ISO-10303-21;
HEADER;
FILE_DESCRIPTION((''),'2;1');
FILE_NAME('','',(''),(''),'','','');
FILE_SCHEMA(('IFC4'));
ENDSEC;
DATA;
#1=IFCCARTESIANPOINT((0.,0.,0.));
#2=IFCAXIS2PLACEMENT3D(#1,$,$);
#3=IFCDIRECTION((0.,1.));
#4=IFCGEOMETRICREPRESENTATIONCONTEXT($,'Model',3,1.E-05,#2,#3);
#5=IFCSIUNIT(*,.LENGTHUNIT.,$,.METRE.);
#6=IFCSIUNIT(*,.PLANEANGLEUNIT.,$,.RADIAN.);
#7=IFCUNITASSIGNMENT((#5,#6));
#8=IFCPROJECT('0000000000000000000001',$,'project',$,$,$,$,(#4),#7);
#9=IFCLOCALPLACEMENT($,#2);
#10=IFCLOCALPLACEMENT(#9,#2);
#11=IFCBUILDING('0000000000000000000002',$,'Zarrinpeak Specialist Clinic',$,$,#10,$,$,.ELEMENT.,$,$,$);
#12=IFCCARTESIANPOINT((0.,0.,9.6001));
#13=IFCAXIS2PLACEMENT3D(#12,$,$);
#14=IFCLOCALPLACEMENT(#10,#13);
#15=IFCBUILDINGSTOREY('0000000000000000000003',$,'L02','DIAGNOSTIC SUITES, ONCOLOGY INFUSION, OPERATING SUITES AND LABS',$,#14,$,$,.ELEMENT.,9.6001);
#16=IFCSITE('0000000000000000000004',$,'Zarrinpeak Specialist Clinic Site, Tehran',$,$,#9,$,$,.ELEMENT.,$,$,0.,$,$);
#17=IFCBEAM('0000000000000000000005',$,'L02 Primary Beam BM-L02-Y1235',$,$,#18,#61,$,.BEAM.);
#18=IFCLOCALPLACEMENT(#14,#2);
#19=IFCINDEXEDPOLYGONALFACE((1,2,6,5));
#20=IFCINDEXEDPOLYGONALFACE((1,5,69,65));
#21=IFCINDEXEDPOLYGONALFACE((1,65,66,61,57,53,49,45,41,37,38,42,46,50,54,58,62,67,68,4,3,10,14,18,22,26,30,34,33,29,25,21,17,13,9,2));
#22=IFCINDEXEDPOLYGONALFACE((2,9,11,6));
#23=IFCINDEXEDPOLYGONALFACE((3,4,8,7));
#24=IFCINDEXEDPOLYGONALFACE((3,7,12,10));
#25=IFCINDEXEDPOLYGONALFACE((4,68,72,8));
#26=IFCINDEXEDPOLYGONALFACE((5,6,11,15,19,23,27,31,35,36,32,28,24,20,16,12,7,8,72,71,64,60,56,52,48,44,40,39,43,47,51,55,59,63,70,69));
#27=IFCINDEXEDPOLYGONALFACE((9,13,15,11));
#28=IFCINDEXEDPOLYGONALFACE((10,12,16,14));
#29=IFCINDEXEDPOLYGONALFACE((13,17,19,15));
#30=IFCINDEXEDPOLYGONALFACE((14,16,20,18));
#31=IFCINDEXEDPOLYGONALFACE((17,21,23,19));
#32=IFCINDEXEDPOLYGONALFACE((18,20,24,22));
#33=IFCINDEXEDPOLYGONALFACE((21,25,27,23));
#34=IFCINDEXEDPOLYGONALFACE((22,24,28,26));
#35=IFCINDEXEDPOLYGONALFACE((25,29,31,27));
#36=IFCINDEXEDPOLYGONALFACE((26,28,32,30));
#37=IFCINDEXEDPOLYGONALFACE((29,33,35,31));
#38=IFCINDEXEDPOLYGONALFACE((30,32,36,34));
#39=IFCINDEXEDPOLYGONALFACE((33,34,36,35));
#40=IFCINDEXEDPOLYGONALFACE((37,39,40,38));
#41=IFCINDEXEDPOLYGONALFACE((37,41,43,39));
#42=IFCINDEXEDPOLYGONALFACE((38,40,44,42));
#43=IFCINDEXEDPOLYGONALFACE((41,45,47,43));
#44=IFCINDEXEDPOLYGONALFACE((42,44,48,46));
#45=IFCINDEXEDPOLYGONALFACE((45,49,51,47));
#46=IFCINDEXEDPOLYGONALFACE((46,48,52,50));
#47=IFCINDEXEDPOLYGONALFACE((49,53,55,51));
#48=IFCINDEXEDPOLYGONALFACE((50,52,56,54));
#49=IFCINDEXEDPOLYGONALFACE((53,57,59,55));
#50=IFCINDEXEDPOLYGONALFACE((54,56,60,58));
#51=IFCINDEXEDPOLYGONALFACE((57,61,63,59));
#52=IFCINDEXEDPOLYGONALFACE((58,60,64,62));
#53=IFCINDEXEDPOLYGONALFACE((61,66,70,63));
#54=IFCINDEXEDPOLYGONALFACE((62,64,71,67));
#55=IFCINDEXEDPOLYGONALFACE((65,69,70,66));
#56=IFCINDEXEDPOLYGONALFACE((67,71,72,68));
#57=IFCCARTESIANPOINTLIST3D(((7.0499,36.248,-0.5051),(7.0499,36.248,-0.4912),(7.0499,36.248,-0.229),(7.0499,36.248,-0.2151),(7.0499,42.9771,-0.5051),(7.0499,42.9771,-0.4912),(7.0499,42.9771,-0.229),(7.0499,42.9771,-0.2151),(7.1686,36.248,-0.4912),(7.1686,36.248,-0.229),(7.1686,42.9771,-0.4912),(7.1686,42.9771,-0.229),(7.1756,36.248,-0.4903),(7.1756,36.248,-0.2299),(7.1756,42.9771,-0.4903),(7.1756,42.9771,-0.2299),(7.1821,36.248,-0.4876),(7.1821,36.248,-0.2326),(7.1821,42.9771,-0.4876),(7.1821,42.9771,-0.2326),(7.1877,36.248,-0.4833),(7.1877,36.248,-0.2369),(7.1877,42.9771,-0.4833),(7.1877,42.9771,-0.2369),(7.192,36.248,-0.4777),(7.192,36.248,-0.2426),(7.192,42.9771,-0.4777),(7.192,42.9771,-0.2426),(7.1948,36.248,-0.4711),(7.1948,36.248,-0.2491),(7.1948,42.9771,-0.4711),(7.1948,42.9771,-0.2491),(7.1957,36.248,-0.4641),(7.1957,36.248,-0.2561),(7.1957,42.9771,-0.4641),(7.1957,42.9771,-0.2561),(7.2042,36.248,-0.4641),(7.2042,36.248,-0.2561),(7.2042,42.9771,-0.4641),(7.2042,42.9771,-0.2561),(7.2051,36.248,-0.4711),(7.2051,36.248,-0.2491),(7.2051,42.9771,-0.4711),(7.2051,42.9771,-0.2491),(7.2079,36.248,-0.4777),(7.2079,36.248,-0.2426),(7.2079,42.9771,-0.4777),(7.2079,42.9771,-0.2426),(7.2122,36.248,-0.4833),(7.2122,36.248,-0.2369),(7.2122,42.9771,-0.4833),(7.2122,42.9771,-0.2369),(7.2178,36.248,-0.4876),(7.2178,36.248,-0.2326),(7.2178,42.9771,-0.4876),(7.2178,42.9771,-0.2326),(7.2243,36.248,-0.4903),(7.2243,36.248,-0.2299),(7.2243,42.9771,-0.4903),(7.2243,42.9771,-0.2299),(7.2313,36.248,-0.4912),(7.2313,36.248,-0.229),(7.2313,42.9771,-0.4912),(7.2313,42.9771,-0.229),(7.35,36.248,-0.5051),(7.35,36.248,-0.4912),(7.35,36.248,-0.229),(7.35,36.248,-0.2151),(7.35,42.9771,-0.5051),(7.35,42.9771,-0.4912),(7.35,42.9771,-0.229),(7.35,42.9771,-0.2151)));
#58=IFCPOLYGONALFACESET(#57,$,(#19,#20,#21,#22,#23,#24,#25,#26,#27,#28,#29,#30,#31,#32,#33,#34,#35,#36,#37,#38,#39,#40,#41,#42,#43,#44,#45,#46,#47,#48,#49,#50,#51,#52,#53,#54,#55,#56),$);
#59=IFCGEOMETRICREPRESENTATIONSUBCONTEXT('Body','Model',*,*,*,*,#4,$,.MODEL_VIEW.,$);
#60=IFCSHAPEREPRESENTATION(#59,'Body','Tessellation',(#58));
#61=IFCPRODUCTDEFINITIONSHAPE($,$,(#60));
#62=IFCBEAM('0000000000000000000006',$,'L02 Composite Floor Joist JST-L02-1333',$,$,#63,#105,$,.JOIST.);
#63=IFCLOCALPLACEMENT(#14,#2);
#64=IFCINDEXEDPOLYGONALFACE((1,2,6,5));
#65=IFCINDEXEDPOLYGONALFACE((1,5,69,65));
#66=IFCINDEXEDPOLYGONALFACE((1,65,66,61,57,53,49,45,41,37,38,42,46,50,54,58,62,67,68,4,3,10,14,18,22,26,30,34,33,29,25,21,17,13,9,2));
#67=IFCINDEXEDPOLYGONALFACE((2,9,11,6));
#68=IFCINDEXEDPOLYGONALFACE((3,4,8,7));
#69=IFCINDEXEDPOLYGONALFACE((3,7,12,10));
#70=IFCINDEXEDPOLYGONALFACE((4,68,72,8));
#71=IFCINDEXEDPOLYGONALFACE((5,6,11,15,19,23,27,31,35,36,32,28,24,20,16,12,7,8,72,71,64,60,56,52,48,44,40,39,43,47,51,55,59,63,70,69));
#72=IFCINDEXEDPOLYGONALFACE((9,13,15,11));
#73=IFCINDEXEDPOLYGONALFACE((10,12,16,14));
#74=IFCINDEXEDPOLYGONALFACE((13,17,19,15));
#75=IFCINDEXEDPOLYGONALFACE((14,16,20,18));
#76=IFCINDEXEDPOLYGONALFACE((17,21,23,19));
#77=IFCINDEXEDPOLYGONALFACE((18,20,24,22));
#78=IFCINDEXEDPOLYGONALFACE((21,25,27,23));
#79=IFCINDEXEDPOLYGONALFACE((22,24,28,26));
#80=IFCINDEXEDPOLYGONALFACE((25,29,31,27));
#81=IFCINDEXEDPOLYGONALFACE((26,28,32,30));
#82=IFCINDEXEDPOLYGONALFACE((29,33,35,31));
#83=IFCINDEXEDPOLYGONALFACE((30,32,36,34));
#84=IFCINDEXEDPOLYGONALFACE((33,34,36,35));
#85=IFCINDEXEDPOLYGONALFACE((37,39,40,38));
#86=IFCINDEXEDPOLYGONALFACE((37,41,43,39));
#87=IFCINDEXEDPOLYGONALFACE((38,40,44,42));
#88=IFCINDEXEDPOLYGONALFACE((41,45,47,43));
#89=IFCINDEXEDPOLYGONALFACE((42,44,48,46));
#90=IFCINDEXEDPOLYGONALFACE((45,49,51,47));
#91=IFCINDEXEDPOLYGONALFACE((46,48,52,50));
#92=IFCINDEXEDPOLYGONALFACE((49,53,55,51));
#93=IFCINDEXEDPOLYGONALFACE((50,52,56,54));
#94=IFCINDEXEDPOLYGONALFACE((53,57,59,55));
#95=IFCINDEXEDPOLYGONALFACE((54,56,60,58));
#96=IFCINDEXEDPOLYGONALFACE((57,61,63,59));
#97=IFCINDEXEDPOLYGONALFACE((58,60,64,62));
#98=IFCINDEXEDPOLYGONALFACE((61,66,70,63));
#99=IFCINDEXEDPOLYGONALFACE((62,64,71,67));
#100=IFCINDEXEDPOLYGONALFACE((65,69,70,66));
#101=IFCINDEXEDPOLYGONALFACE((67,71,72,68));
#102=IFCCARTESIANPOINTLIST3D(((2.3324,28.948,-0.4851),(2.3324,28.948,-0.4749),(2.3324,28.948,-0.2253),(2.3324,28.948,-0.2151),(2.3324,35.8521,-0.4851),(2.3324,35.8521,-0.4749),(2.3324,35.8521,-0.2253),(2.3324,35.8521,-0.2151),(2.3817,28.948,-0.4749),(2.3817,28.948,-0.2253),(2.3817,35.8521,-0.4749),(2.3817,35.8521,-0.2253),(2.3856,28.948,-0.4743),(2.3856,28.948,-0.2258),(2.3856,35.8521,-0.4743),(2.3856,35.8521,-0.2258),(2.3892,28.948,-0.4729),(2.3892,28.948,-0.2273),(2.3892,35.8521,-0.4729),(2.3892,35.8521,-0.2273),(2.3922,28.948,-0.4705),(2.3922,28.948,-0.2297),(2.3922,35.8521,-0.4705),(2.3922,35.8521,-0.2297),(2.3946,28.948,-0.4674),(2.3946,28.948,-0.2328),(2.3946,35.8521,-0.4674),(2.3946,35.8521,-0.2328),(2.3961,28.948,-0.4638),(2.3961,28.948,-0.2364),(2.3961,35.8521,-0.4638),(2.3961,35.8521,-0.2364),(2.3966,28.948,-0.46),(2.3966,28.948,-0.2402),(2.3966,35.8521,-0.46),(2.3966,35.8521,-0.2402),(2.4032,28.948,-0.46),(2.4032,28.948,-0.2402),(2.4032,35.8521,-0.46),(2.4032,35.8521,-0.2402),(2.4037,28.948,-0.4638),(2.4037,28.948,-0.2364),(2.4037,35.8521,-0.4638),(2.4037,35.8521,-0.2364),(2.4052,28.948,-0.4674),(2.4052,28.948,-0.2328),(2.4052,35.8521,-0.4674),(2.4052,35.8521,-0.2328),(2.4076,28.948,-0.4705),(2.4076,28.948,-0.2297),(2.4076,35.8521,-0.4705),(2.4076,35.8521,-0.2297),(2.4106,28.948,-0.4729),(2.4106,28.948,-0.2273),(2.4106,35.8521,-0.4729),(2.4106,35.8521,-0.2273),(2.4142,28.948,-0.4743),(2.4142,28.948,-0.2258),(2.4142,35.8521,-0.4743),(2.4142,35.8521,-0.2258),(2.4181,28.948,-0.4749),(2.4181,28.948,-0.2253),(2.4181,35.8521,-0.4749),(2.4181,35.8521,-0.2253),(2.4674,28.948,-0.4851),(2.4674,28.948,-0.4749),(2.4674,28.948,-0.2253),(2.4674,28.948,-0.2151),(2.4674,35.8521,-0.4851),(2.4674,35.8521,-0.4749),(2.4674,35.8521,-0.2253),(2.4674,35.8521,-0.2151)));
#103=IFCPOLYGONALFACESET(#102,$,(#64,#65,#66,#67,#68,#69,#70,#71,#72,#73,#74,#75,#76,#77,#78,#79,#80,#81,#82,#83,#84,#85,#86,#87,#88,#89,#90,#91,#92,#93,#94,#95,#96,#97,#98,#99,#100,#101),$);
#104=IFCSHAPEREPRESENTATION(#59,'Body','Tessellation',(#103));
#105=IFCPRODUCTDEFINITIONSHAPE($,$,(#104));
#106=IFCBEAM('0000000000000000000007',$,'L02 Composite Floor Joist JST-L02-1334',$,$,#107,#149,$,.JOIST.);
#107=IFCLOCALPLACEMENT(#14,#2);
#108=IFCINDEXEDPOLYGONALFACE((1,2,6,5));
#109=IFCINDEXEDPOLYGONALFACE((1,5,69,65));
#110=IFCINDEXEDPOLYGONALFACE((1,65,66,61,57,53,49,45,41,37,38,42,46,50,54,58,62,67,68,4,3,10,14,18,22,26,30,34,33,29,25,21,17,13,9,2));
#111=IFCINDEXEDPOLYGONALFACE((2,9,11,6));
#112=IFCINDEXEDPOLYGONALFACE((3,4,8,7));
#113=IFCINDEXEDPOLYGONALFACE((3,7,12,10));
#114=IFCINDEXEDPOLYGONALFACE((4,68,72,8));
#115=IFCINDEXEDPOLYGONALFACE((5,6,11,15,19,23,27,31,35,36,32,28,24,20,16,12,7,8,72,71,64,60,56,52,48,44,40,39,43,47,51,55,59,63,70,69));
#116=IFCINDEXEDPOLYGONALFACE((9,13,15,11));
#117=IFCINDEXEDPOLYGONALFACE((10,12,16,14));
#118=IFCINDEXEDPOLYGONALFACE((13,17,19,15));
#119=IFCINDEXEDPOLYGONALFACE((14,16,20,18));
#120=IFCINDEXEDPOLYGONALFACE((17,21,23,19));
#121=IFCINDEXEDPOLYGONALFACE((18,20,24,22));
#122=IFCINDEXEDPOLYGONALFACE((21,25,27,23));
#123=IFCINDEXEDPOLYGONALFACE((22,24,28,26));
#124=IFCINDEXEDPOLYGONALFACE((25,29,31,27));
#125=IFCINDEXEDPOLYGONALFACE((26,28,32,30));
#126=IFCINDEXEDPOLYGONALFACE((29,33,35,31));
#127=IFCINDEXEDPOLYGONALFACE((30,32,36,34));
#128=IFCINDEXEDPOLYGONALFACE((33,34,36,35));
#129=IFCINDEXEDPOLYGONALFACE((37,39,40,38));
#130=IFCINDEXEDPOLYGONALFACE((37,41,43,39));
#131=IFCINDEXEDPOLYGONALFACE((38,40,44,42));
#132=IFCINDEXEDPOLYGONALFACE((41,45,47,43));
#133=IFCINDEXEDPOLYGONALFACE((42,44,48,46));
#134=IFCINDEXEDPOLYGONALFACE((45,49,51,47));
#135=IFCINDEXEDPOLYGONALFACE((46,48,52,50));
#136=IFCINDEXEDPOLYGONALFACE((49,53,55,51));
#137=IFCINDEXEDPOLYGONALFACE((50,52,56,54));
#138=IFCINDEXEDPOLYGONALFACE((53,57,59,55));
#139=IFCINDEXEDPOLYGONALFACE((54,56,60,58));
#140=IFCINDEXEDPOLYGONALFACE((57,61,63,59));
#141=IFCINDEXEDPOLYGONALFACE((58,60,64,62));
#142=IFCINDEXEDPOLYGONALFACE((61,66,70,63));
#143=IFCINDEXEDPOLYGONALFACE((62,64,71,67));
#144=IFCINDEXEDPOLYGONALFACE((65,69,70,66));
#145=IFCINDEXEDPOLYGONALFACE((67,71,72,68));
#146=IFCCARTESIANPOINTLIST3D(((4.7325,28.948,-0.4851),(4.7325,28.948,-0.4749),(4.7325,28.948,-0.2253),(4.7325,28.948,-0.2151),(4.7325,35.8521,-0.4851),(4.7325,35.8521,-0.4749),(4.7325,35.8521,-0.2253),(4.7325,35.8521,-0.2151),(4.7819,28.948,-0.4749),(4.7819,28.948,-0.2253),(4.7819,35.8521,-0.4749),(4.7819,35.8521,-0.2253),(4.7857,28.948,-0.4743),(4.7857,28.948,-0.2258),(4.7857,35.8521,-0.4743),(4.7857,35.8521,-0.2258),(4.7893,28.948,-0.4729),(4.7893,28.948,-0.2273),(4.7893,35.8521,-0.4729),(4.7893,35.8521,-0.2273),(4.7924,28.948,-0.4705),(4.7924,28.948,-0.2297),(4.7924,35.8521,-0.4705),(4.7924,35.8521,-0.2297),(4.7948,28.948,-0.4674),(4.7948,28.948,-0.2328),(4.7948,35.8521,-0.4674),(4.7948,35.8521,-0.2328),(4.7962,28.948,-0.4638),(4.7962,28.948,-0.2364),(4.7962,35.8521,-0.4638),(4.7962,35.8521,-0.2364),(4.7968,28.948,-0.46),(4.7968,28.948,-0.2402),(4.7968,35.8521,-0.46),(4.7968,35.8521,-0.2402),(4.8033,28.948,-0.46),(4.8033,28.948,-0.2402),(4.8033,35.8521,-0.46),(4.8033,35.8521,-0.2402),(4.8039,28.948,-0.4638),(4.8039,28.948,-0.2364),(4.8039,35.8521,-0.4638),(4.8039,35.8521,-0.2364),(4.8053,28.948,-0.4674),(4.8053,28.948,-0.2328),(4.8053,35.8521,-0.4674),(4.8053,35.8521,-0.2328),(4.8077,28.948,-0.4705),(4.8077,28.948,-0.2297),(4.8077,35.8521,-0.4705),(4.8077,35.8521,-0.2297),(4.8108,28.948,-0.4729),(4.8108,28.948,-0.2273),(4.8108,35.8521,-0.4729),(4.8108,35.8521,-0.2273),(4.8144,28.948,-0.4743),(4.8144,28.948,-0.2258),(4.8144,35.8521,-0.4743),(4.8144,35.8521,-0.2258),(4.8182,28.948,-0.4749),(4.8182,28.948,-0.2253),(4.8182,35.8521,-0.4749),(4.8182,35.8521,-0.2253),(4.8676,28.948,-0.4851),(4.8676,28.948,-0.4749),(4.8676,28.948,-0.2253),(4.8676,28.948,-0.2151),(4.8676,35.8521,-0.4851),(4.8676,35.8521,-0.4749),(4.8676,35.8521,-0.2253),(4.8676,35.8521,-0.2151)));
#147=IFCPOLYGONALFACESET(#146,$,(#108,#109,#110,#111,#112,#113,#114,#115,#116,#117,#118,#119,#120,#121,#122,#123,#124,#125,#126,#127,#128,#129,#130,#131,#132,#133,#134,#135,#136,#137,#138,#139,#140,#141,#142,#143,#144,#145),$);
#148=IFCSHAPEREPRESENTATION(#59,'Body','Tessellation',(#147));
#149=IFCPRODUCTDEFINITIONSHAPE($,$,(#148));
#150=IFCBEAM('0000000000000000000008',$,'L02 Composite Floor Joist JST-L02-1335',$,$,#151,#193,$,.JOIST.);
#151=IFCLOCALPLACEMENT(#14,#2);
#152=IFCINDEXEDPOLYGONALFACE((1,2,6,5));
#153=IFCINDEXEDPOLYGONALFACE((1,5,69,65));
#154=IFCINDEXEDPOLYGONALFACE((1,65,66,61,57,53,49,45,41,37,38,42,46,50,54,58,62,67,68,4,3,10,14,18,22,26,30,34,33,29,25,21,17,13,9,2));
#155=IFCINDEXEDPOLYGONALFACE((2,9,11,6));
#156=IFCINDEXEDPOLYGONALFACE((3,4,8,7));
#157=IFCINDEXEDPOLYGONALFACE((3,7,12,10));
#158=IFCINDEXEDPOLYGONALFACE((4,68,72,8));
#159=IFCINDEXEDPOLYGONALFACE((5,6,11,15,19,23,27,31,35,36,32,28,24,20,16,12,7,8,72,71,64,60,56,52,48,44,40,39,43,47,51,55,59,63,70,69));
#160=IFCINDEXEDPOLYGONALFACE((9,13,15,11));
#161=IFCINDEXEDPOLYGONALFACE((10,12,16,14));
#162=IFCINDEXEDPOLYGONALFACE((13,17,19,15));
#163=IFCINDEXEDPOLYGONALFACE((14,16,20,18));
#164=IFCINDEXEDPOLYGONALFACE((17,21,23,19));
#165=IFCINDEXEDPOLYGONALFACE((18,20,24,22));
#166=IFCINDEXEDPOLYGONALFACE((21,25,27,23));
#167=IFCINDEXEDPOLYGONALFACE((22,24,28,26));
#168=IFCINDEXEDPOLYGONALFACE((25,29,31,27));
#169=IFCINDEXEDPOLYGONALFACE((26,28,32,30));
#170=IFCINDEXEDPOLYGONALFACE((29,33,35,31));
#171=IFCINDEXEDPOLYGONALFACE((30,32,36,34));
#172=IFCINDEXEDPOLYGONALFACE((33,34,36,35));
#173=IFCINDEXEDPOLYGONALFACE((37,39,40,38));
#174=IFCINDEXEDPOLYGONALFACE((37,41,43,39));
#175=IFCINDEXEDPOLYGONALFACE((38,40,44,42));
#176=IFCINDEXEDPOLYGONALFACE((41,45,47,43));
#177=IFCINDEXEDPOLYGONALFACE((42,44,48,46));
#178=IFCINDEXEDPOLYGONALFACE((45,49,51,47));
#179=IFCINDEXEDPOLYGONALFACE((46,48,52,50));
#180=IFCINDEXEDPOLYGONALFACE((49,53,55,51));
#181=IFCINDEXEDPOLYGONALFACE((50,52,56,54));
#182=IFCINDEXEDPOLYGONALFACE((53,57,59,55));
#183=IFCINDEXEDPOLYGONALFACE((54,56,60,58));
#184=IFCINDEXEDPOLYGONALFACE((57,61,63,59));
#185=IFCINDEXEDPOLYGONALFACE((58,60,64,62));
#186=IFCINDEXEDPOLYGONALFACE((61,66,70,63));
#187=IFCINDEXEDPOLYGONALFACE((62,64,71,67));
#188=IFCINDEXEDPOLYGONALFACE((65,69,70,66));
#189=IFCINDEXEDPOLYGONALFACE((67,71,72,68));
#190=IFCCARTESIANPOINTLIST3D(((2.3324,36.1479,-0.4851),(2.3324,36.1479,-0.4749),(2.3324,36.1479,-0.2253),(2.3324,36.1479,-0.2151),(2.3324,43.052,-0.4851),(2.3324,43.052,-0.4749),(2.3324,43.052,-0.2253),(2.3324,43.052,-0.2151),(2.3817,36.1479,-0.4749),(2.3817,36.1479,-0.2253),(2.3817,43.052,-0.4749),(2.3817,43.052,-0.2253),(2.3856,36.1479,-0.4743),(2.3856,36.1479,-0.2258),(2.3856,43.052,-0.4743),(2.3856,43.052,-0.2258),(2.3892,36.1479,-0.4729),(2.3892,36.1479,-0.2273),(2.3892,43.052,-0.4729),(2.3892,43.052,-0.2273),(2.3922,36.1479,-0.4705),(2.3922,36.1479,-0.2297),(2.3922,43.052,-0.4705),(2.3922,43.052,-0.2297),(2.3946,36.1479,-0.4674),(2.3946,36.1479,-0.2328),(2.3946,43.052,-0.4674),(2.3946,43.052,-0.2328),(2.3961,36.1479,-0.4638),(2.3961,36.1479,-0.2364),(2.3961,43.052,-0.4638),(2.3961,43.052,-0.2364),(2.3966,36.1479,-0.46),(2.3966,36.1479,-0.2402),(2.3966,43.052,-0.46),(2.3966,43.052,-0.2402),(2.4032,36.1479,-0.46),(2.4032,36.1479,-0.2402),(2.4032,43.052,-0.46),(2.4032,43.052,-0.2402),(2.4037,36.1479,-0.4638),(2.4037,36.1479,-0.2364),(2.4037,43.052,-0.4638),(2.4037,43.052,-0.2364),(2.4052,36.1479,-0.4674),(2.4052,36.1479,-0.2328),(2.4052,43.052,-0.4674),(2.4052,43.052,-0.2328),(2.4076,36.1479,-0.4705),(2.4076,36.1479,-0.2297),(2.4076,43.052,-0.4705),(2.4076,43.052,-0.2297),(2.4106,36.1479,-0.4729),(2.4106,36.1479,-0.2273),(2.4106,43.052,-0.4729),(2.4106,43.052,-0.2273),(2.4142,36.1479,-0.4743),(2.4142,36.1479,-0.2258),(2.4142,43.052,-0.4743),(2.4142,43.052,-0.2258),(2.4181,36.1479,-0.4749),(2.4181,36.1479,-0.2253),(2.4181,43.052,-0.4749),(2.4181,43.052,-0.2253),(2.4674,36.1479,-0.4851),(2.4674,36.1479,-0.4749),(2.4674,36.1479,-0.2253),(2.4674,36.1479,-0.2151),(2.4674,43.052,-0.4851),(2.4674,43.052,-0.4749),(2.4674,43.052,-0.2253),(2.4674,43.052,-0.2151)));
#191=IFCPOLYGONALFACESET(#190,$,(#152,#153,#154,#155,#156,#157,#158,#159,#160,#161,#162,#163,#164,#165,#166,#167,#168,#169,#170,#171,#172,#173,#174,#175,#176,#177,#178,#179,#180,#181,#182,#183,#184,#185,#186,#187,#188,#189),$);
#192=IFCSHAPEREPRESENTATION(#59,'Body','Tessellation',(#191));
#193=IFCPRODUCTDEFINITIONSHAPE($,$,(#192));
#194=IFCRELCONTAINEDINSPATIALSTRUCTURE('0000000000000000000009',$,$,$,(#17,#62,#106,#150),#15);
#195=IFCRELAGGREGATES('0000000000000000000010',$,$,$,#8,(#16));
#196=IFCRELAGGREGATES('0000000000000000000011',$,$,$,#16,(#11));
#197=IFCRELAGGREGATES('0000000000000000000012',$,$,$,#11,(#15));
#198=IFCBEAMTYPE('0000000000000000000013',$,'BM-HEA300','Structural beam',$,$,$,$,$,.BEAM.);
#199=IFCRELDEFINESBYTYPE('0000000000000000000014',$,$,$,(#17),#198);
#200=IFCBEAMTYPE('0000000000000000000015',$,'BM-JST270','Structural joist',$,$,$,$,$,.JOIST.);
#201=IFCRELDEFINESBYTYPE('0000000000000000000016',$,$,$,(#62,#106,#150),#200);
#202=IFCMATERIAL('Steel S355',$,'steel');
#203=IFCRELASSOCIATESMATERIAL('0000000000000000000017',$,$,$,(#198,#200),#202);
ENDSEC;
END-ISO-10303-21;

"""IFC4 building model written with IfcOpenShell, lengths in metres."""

from ifc_helpers import new_model, si_unit, direction, frame, origin, origin_2d, place, context, subcontext, project, spatial, i_section, extrude, material, material_profile, profile_set, type_object, element, save


model = new_model("IFC4")

# Units and contexts
model_context = context("Model", 3, precision=1e-05, world=origin(), true_north=direction((0.0, 1.0)))
body_context = subcontext(model_context, "Body", "Model", "MODEL_VIEW")
ifc_project = project(units=[si_unit("LENGTHUNIT", "METRE"), si_unit("PLANEANGLEUNIT", "RADIAN")], contexts=[model_context])

# Site, building, storey
site_placement = place(None, origin())
site = spatial("IfcSite", under=ifc_project, at=site_placement, Name="Zarrinpeak Specialist Clinic Site, Tehran", CompositionType="ELEMENT", RefElevation=0.0)
building_placement = place(site_placement, origin())
building = spatial("IfcBuilding", under=site, at=building_placement, Name="Zarrinpeak Specialist Clinic", CompositionType="ELEMENT")
storey_placement = place(building_placement, frame((0.0, 0.0, 9.6001)))
storey = spatial("IfcBuildingStorey", under=building, at=storey_placement, Name="L02", Description="DIAGNOSTIC SUITES, ONCOLOGY INFUSION, OPERATING SUITES AND LABS", CompositionType="ELEMENT", Elevation=9.6001)

# Shared definitions
ifc_material_1 = material(Name="Steel S355", Category="steel")

# Beams
ifc_material_profile_1 = material_profile(ifc_material_1, i_section(OverallWidth=0.3, OverallDepth=0.29, WebThickness=0.0085, FlangeThickness=0.0139, FilletRadius=0.0271, at=origin_2d()), Name="HEA 300")
ifc_profile_set_1 = profile_set([ifc_material_profile_1], Name="Steel S355")
beam_type_1 = type_object("IfcBeamType", Name="BM-HEA300", Description="Structural beam", PredefinedType="BEAM", material=ifc_profile_set_1)
beam_1_placement = place(storey_placement, frame((7.2, 36.248, -0.3601), z_axis=(0.0, 1.0, 0.0), x_axis=(-1.0, 0.0, 0.0)))
element("IfcBeam", 1, at=beam_1_placement, inside=storey, type_object=beam_type_1, Name="L02 Primary Beam BM-L02-Y1235", PredefinedType="BEAM", context=body_context, shape_type="SweptSolid", body=[
    extrude(i_section(OverallWidth=0.3, OverallDepth=0.29, WebThickness=0.0085, FlangeThickness=0.0139, FilletRadius=0.0271, at=origin_2d()), origin(), (0.0, 0.0, 1.0), 6.729),
])
ifc_material_profile_2 = material_profile(ifc_material_1, i_section(OverallWidth=0.135, OverallDepth=0.27, WebThickness=0.0066, FlangeThickness=0.0103, FilletRadius=0.0149, at=origin_2d()), Name="IPE 270")
ifc_profile_set_2 = profile_set([ifc_material_profile_2], Name="Steel S355")
beam_type_2 = type_object("IfcBeamType", Name="BM-JST270", Description="Structural joist", PredefinedType="JOIST", material=ifc_profile_set_2)
for number, where, z_axis, x_axis, name in (
    (2, (2.3999, 28.948, -0.3501), (0.0, 1.0, 0.0), (-1.0, 0.0, 0.0), "L02 Composite Floor Joist JST-L02-1333"),
    (3, (4.8, 28.948, -0.3501), (0.0, 1.0, 0.0), (-1.0, 0.0, 0.0), "L02 Composite Floor Joist JST-L02-1334"),
    (4, (2.3999, 36.1479, -0.3501), (0.0, 1.0, 0.0), (-1.0, 0.0, 0.0), "L02 Composite Floor Joist JST-L02-1335"),
):
    element("IfcBeam", number, at=place(storey_placement, frame(where, z_axis=z_axis, x_axis=x_axis)), inside=storey, type_object=beam_type_2, Name=name, PredefinedType="JOIST", context=body_context, shape_type="SweptSolid", body=[
        extrude(i_section(OverallWidth=0.135, OverallDepth=0.27, WebThickness=0.0066, FlangeThickness=0.0103, FilletRadius=0.0149, at=origin_2d()), origin(), (0.0, 0.0, 1.0), 6.9041),
    ])

save(model, "model.ifc")
